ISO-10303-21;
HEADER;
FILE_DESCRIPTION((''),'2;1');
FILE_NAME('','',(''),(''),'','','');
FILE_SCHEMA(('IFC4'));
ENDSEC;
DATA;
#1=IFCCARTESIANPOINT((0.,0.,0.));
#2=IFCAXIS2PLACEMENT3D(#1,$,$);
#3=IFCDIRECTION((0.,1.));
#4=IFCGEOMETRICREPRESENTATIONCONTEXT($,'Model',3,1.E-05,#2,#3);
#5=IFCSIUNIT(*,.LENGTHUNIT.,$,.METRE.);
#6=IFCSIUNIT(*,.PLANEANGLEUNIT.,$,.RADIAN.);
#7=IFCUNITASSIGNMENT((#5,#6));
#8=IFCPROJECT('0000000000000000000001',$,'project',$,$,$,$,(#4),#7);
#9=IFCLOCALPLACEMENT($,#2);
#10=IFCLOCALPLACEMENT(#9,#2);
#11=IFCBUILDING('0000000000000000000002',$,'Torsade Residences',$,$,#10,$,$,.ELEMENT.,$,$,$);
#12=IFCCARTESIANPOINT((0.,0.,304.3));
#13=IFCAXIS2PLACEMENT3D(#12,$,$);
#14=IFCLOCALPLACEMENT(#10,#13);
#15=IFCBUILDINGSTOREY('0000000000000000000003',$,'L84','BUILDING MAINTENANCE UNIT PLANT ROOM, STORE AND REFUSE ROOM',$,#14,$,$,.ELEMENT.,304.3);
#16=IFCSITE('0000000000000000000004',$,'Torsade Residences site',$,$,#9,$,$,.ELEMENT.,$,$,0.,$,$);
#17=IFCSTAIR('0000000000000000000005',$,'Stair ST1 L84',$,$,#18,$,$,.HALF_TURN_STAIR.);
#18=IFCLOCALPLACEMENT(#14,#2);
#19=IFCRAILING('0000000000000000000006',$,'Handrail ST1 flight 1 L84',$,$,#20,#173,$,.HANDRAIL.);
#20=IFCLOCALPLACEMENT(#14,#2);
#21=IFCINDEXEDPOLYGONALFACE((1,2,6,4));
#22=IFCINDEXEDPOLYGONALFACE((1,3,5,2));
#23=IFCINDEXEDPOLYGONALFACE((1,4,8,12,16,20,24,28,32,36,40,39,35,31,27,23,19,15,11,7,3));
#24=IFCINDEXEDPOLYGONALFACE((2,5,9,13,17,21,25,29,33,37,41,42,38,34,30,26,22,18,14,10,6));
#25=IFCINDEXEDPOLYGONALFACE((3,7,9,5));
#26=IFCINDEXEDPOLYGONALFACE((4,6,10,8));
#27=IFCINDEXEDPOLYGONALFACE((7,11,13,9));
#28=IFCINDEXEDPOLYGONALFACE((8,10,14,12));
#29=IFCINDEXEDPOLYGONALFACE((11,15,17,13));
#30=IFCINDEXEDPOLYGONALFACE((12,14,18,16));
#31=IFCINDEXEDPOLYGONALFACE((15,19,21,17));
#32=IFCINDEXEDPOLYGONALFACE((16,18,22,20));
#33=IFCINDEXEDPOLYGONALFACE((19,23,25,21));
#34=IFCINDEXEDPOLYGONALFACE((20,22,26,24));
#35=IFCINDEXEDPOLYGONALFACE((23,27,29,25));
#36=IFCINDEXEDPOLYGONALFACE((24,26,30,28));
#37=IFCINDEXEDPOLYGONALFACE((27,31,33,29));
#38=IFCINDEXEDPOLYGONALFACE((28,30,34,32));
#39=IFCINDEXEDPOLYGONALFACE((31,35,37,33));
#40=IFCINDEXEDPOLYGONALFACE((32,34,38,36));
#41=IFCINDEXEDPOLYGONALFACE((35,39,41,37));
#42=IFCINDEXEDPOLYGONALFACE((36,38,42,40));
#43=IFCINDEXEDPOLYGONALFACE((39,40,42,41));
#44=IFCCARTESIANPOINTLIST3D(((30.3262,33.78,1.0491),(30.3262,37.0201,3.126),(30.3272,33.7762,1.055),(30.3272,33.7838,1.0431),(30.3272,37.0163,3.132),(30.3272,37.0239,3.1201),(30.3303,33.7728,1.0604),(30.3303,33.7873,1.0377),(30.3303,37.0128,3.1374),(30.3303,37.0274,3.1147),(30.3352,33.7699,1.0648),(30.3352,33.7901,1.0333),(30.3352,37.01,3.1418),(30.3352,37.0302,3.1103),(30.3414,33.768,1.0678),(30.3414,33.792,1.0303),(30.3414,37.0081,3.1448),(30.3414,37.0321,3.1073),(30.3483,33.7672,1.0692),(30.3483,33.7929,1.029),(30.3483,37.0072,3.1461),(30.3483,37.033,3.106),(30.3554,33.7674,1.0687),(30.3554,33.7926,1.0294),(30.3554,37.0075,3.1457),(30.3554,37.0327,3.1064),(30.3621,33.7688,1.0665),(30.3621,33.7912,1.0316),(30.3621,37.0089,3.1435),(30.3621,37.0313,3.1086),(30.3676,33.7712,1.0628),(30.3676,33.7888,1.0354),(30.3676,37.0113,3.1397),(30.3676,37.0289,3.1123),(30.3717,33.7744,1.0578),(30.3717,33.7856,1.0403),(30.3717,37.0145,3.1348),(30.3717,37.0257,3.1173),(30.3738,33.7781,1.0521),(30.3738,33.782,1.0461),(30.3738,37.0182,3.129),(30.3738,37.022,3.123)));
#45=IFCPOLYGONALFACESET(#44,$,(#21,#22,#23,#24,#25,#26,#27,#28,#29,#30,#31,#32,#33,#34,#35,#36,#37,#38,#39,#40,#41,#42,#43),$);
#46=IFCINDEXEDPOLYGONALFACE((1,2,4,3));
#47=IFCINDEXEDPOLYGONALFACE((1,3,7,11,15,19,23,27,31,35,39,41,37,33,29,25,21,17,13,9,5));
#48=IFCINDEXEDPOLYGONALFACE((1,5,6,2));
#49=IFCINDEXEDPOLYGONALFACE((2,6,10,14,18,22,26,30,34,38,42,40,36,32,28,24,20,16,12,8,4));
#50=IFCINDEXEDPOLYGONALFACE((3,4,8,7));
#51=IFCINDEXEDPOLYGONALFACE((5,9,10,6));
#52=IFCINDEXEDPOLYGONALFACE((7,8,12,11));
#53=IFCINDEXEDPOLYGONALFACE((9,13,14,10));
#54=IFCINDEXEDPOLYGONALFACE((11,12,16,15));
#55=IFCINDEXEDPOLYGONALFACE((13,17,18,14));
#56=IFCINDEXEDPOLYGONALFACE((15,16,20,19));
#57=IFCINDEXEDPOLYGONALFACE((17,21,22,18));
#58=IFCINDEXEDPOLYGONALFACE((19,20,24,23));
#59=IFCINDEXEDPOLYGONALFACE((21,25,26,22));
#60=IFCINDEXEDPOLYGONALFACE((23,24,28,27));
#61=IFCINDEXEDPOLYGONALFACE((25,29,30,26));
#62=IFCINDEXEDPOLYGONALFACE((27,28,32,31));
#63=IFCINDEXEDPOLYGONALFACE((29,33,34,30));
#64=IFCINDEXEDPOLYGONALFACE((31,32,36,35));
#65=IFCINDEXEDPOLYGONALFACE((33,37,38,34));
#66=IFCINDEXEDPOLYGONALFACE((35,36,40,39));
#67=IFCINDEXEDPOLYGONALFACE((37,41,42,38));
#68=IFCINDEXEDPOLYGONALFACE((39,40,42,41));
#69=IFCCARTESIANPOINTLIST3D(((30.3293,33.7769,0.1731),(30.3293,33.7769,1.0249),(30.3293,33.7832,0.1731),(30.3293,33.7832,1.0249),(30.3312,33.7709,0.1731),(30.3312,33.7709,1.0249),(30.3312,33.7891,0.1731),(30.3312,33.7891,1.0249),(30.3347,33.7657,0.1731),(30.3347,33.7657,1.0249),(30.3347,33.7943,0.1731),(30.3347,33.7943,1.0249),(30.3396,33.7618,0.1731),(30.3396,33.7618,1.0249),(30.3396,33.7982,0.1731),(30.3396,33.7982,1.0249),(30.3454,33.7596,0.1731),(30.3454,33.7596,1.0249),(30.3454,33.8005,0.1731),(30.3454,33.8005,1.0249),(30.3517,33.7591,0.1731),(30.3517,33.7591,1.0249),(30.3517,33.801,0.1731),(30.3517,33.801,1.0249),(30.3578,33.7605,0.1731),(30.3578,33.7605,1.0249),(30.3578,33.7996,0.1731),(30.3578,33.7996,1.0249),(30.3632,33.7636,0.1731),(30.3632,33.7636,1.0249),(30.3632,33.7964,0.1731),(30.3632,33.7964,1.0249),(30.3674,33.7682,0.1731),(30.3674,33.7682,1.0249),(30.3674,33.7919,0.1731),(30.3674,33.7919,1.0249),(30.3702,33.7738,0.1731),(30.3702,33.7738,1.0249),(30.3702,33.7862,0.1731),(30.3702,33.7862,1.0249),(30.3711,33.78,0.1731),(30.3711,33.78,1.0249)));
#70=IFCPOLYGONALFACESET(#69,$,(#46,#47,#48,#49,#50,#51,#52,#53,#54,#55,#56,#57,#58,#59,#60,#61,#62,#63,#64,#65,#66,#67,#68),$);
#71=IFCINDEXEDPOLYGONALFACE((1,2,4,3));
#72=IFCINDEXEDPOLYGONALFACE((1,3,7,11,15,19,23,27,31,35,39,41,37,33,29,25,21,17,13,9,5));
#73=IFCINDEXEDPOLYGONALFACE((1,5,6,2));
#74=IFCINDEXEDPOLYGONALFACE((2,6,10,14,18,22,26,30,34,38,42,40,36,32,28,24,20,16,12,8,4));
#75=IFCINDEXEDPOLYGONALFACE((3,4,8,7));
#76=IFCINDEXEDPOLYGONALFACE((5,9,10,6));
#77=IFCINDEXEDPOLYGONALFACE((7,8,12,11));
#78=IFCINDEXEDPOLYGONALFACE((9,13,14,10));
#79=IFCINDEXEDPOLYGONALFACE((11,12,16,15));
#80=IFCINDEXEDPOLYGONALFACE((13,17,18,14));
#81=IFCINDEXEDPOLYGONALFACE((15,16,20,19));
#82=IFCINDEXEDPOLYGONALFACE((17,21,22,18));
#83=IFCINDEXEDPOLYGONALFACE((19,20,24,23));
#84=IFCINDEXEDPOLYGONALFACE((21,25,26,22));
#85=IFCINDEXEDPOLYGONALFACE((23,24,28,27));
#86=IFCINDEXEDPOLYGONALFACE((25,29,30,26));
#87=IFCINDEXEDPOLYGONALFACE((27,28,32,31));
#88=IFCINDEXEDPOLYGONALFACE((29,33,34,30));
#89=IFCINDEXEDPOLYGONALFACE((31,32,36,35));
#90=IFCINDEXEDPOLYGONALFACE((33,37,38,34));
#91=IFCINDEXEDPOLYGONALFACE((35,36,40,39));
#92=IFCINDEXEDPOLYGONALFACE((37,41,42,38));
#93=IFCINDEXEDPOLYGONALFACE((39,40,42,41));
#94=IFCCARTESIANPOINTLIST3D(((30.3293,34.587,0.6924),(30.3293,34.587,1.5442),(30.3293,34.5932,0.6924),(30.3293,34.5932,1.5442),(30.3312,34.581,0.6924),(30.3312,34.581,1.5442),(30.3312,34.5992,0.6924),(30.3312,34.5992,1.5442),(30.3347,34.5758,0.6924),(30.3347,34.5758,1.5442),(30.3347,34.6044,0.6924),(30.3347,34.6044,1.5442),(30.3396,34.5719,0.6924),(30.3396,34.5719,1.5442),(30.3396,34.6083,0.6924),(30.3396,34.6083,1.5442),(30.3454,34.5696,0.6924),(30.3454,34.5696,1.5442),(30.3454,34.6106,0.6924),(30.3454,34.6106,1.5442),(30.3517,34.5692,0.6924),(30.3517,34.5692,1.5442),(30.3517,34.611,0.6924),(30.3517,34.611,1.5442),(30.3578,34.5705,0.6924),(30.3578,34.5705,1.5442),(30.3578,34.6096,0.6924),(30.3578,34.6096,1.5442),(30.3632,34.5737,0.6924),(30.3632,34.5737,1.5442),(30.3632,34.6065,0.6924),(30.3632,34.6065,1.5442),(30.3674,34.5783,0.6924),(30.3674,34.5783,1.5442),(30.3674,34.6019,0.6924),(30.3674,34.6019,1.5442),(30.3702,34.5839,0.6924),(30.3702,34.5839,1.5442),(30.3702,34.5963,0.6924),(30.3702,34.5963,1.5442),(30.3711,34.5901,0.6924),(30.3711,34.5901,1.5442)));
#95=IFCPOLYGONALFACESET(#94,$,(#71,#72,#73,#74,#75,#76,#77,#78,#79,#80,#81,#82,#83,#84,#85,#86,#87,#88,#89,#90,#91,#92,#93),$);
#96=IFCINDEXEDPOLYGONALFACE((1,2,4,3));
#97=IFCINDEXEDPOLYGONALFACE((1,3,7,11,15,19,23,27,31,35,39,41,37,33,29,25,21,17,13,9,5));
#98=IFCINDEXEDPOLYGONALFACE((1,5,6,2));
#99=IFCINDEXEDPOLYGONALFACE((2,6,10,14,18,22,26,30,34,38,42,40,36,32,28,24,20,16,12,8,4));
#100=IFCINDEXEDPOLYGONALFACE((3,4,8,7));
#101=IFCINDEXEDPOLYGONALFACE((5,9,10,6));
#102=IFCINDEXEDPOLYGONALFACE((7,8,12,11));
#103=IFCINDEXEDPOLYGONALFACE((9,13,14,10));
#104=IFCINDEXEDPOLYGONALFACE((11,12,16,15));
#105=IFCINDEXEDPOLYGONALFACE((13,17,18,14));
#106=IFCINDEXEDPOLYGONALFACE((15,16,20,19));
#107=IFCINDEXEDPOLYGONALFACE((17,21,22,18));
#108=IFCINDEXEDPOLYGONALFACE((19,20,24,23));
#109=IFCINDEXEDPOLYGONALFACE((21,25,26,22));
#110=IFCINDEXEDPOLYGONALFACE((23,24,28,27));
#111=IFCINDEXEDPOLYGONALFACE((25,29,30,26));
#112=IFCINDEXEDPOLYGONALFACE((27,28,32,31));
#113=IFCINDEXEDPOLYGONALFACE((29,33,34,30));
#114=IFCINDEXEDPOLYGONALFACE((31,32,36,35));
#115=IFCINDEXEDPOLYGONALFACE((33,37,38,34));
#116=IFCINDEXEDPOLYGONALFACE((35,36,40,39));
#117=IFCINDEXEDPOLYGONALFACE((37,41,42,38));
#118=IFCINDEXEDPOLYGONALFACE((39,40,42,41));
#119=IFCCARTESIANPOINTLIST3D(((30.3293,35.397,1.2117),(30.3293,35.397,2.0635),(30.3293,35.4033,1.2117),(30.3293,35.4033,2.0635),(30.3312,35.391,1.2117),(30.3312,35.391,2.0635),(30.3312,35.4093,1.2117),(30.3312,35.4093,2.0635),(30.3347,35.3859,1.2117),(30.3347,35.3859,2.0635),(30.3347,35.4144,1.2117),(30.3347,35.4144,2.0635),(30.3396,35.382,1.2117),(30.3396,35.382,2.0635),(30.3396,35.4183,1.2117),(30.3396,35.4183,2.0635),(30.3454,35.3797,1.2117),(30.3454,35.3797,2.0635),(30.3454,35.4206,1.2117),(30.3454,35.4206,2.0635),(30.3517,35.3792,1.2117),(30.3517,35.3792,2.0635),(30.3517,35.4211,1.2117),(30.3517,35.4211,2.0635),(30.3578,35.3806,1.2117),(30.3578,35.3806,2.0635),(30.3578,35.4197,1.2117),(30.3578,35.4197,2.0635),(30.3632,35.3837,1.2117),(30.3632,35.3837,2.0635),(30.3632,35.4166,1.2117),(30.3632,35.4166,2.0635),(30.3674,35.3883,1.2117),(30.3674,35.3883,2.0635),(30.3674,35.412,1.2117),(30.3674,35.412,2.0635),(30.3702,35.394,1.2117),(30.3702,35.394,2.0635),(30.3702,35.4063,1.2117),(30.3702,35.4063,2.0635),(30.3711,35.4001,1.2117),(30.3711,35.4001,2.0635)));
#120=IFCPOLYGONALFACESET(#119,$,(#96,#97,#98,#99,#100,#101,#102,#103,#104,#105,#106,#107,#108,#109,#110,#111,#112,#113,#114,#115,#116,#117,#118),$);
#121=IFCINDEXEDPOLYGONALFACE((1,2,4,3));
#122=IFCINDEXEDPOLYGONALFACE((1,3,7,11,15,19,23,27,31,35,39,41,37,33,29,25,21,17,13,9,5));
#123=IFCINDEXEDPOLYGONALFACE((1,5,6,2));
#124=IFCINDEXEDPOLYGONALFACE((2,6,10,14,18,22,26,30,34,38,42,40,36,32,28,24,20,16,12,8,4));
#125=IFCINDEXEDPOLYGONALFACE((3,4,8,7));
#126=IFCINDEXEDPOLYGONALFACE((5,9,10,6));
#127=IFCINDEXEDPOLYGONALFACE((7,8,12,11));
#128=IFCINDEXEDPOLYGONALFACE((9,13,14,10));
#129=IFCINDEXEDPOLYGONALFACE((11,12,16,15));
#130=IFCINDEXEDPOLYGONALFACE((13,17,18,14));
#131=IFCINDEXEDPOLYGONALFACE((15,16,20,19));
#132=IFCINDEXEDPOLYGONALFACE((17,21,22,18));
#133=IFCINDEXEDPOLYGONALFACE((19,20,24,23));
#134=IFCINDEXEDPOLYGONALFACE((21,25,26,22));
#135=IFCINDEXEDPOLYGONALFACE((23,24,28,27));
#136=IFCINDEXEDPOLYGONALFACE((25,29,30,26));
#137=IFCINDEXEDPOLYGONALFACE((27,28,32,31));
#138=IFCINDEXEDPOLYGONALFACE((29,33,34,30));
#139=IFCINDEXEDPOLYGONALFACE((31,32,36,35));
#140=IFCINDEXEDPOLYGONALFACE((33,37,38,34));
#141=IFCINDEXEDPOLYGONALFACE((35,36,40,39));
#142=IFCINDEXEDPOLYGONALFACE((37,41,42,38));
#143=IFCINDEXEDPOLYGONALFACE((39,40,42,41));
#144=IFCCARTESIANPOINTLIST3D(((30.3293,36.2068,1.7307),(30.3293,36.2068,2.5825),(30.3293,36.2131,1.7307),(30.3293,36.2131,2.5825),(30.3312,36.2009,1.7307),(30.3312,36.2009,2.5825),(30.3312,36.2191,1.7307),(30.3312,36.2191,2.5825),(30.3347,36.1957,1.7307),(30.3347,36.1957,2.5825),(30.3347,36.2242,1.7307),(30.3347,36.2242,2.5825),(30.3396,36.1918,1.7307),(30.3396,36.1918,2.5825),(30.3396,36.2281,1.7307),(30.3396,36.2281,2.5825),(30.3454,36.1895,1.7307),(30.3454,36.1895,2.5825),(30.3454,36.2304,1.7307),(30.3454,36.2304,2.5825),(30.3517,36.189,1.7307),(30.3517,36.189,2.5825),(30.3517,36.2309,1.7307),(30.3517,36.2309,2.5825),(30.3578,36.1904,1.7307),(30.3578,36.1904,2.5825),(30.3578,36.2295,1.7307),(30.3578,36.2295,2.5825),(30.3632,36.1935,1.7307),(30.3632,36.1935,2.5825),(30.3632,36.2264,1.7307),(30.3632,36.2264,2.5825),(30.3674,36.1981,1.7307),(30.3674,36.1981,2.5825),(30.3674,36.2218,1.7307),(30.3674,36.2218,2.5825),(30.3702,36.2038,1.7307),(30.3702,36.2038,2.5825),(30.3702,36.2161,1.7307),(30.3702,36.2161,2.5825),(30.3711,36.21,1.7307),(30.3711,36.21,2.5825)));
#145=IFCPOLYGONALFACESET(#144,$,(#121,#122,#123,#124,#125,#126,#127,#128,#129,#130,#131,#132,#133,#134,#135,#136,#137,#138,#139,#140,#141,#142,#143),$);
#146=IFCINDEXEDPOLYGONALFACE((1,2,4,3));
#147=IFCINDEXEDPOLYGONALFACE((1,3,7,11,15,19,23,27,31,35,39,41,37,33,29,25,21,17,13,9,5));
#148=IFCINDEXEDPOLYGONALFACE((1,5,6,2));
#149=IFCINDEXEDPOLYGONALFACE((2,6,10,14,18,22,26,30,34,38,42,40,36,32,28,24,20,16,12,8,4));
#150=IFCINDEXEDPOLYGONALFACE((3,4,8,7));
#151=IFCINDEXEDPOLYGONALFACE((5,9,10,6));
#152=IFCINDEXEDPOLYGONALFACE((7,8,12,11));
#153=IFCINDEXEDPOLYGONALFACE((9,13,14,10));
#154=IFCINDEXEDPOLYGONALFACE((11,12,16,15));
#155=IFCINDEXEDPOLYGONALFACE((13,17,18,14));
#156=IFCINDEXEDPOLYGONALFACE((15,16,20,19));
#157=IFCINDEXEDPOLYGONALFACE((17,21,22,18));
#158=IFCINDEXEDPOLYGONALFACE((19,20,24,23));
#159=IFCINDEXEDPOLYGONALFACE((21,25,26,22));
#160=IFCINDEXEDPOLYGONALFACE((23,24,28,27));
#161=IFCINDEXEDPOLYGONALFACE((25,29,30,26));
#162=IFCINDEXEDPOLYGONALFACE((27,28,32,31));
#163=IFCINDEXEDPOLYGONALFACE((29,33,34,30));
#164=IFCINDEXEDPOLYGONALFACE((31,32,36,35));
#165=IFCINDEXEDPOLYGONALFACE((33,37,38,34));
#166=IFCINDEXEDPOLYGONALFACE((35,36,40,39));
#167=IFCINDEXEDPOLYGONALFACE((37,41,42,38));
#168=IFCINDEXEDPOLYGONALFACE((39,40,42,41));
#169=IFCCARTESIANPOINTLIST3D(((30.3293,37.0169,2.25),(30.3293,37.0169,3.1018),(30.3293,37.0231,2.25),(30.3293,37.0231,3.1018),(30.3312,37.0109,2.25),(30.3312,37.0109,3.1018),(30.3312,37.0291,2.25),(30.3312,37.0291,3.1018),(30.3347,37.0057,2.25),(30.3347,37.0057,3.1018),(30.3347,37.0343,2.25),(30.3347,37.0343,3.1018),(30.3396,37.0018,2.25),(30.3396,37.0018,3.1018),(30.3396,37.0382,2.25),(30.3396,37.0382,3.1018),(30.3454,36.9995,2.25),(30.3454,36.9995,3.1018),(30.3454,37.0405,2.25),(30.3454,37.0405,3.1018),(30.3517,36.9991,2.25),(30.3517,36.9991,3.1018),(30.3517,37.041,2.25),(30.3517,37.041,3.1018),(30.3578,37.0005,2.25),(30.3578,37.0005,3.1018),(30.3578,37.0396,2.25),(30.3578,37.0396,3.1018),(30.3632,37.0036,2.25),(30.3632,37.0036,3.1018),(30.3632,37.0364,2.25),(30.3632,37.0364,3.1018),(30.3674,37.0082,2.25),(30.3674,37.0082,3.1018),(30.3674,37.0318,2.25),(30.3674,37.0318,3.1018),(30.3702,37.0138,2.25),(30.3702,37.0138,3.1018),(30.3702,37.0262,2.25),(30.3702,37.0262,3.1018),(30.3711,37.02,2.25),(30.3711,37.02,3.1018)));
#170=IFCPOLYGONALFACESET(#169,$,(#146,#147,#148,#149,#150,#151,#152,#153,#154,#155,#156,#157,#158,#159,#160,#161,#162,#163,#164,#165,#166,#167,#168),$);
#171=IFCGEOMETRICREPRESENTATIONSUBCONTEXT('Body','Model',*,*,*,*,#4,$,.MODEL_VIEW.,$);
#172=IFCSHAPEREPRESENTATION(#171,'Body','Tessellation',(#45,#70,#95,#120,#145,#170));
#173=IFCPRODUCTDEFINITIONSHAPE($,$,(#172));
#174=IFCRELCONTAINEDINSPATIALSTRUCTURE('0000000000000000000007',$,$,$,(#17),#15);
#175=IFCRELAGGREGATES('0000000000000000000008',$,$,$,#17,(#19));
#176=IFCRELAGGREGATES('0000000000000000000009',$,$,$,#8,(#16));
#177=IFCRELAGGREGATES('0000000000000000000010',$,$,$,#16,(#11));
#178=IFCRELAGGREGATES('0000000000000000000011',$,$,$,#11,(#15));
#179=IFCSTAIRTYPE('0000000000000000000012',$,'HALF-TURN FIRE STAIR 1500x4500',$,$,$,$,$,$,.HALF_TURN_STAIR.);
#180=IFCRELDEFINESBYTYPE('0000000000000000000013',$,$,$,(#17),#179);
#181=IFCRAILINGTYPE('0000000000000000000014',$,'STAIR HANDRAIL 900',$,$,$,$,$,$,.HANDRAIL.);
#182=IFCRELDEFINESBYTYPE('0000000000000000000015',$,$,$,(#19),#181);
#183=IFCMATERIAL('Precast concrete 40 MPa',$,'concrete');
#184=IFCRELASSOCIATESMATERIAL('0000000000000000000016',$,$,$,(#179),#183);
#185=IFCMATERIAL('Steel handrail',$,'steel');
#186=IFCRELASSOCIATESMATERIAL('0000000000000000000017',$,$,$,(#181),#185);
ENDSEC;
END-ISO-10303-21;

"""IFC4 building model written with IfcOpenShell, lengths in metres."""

from ifc_helpers import new_model, si_unit, direction, frame, origin, origin_2d, place, context, subcontext, project, spatial, circle, extrude, material, type_object, element, aggregate, save


model = new_model("IFC4")

# Units and contexts
model_context = context("Model", 3, precision=1e-05, world=origin(), true_north=direction((0.0, 1.0)))
body_context = subcontext(model_context, "Body", "Model", "MODEL_VIEW")
ifc_project = project(units=[si_unit("LENGTHUNIT", "METRE"), si_unit("PLANEANGLEUNIT", "RADIAN")], contexts=[model_context])

# Site, building, storey
site_placement = place(None, origin())
site = spatial("IfcSite", under=ifc_project, at=site_placement, Name="Torsade Residences site", CompositionType="ELEMENT", RefElevation=0.0)
building_placement = place(site_placement, origin())
building = spatial("IfcBuilding", under=site, at=building_placement, Name="Torsade Residences", CompositionType="ELEMENT")
storey_placement = place(building_placement, frame((0.0, 0.0, 304.3)))
storey = spatial("IfcBuildingStorey", under=building, at=storey_placement, Name="L84", Description="BUILDING MAINTENANCE UNIT PLANT ROOM, STORE AND REFUSE ROOM", CompositionType="ELEMENT", Elevation=304.3)

# Stair, railing
ifc_material_1 = material(Name="Precast concrete 40 MPa", Category="concrete")
stair_type = type_object("IfcStairType", Name="HALF-TURN FIRE STAIR 1500x4500", PredefinedType="HALF_TURN_STAIR", material=ifc_material_1)
stair_placement = place(storey_placement, origin())
stair = element("IfcStair", 1, at=stair_placement, inside=storey, type_object=stair_type, Name="Stair ST1 L84", PredefinedType="HALF_TURN_STAIR")
ifc_material_2 = material(Name="Steel handrail", Category="steel")
railing_type = type_object("IfcRailingType", Name="STAIR HANDRAIL 900", PredefinedType="HANDRAIL", material=ifc_material_2)
railing_1_placement = place(storey_placement, frame((30.3501, 33.78, 0.1731)))
railing_1 = element("IfcRailing", 2, at=railing_1_placement, type_object=railing_type, Name="Handrail ST1 flight 1 L84", PredefinedType="HANDRAIL", context=body_context, shape_type="SweptSolid", body=[
    extrude(circle(Radius=0.0239, at=origin_2d()), frame((0.0, 0.0, 0.876), z_axis=(0.0, 0.841881, 0.539664), x_axis=(-1.0, 0.0, 0.0)), (0.0, 0.0, 1.0), 3.8486),
    extrude(circle(Radius=0.021, at=origin_2d()), origin(), (0.0, 0.0, 1.0), 0.8518),
    extrude(circle(Radius=0.021, at=origin_2d()), frame((0.0, 0.8101, 0.5193)), (0.0, 0.0, 1.0), 0.8518),
    extrude(circle(Radius=0.021, at=origin_2d()), frame((0.0, 1.6201, 1.0386)), (0.0, 0.0, 1.0), 0.8518),
    extrude(circle(Radius=0.021, at=origin_2d()), frame((0.0, 2.4299, 1.5576)), (0.0, 0.0, 1.0), 0.8518),
    extrude(circle(Radius=0.021, at=origin_2d()), frame((0.0, 3.24, 2.0769)), (0.0, 0.0, 1.0), 0.8518),
])
aggregate(stair, [railing_1])

save(model, "model.ifc")
